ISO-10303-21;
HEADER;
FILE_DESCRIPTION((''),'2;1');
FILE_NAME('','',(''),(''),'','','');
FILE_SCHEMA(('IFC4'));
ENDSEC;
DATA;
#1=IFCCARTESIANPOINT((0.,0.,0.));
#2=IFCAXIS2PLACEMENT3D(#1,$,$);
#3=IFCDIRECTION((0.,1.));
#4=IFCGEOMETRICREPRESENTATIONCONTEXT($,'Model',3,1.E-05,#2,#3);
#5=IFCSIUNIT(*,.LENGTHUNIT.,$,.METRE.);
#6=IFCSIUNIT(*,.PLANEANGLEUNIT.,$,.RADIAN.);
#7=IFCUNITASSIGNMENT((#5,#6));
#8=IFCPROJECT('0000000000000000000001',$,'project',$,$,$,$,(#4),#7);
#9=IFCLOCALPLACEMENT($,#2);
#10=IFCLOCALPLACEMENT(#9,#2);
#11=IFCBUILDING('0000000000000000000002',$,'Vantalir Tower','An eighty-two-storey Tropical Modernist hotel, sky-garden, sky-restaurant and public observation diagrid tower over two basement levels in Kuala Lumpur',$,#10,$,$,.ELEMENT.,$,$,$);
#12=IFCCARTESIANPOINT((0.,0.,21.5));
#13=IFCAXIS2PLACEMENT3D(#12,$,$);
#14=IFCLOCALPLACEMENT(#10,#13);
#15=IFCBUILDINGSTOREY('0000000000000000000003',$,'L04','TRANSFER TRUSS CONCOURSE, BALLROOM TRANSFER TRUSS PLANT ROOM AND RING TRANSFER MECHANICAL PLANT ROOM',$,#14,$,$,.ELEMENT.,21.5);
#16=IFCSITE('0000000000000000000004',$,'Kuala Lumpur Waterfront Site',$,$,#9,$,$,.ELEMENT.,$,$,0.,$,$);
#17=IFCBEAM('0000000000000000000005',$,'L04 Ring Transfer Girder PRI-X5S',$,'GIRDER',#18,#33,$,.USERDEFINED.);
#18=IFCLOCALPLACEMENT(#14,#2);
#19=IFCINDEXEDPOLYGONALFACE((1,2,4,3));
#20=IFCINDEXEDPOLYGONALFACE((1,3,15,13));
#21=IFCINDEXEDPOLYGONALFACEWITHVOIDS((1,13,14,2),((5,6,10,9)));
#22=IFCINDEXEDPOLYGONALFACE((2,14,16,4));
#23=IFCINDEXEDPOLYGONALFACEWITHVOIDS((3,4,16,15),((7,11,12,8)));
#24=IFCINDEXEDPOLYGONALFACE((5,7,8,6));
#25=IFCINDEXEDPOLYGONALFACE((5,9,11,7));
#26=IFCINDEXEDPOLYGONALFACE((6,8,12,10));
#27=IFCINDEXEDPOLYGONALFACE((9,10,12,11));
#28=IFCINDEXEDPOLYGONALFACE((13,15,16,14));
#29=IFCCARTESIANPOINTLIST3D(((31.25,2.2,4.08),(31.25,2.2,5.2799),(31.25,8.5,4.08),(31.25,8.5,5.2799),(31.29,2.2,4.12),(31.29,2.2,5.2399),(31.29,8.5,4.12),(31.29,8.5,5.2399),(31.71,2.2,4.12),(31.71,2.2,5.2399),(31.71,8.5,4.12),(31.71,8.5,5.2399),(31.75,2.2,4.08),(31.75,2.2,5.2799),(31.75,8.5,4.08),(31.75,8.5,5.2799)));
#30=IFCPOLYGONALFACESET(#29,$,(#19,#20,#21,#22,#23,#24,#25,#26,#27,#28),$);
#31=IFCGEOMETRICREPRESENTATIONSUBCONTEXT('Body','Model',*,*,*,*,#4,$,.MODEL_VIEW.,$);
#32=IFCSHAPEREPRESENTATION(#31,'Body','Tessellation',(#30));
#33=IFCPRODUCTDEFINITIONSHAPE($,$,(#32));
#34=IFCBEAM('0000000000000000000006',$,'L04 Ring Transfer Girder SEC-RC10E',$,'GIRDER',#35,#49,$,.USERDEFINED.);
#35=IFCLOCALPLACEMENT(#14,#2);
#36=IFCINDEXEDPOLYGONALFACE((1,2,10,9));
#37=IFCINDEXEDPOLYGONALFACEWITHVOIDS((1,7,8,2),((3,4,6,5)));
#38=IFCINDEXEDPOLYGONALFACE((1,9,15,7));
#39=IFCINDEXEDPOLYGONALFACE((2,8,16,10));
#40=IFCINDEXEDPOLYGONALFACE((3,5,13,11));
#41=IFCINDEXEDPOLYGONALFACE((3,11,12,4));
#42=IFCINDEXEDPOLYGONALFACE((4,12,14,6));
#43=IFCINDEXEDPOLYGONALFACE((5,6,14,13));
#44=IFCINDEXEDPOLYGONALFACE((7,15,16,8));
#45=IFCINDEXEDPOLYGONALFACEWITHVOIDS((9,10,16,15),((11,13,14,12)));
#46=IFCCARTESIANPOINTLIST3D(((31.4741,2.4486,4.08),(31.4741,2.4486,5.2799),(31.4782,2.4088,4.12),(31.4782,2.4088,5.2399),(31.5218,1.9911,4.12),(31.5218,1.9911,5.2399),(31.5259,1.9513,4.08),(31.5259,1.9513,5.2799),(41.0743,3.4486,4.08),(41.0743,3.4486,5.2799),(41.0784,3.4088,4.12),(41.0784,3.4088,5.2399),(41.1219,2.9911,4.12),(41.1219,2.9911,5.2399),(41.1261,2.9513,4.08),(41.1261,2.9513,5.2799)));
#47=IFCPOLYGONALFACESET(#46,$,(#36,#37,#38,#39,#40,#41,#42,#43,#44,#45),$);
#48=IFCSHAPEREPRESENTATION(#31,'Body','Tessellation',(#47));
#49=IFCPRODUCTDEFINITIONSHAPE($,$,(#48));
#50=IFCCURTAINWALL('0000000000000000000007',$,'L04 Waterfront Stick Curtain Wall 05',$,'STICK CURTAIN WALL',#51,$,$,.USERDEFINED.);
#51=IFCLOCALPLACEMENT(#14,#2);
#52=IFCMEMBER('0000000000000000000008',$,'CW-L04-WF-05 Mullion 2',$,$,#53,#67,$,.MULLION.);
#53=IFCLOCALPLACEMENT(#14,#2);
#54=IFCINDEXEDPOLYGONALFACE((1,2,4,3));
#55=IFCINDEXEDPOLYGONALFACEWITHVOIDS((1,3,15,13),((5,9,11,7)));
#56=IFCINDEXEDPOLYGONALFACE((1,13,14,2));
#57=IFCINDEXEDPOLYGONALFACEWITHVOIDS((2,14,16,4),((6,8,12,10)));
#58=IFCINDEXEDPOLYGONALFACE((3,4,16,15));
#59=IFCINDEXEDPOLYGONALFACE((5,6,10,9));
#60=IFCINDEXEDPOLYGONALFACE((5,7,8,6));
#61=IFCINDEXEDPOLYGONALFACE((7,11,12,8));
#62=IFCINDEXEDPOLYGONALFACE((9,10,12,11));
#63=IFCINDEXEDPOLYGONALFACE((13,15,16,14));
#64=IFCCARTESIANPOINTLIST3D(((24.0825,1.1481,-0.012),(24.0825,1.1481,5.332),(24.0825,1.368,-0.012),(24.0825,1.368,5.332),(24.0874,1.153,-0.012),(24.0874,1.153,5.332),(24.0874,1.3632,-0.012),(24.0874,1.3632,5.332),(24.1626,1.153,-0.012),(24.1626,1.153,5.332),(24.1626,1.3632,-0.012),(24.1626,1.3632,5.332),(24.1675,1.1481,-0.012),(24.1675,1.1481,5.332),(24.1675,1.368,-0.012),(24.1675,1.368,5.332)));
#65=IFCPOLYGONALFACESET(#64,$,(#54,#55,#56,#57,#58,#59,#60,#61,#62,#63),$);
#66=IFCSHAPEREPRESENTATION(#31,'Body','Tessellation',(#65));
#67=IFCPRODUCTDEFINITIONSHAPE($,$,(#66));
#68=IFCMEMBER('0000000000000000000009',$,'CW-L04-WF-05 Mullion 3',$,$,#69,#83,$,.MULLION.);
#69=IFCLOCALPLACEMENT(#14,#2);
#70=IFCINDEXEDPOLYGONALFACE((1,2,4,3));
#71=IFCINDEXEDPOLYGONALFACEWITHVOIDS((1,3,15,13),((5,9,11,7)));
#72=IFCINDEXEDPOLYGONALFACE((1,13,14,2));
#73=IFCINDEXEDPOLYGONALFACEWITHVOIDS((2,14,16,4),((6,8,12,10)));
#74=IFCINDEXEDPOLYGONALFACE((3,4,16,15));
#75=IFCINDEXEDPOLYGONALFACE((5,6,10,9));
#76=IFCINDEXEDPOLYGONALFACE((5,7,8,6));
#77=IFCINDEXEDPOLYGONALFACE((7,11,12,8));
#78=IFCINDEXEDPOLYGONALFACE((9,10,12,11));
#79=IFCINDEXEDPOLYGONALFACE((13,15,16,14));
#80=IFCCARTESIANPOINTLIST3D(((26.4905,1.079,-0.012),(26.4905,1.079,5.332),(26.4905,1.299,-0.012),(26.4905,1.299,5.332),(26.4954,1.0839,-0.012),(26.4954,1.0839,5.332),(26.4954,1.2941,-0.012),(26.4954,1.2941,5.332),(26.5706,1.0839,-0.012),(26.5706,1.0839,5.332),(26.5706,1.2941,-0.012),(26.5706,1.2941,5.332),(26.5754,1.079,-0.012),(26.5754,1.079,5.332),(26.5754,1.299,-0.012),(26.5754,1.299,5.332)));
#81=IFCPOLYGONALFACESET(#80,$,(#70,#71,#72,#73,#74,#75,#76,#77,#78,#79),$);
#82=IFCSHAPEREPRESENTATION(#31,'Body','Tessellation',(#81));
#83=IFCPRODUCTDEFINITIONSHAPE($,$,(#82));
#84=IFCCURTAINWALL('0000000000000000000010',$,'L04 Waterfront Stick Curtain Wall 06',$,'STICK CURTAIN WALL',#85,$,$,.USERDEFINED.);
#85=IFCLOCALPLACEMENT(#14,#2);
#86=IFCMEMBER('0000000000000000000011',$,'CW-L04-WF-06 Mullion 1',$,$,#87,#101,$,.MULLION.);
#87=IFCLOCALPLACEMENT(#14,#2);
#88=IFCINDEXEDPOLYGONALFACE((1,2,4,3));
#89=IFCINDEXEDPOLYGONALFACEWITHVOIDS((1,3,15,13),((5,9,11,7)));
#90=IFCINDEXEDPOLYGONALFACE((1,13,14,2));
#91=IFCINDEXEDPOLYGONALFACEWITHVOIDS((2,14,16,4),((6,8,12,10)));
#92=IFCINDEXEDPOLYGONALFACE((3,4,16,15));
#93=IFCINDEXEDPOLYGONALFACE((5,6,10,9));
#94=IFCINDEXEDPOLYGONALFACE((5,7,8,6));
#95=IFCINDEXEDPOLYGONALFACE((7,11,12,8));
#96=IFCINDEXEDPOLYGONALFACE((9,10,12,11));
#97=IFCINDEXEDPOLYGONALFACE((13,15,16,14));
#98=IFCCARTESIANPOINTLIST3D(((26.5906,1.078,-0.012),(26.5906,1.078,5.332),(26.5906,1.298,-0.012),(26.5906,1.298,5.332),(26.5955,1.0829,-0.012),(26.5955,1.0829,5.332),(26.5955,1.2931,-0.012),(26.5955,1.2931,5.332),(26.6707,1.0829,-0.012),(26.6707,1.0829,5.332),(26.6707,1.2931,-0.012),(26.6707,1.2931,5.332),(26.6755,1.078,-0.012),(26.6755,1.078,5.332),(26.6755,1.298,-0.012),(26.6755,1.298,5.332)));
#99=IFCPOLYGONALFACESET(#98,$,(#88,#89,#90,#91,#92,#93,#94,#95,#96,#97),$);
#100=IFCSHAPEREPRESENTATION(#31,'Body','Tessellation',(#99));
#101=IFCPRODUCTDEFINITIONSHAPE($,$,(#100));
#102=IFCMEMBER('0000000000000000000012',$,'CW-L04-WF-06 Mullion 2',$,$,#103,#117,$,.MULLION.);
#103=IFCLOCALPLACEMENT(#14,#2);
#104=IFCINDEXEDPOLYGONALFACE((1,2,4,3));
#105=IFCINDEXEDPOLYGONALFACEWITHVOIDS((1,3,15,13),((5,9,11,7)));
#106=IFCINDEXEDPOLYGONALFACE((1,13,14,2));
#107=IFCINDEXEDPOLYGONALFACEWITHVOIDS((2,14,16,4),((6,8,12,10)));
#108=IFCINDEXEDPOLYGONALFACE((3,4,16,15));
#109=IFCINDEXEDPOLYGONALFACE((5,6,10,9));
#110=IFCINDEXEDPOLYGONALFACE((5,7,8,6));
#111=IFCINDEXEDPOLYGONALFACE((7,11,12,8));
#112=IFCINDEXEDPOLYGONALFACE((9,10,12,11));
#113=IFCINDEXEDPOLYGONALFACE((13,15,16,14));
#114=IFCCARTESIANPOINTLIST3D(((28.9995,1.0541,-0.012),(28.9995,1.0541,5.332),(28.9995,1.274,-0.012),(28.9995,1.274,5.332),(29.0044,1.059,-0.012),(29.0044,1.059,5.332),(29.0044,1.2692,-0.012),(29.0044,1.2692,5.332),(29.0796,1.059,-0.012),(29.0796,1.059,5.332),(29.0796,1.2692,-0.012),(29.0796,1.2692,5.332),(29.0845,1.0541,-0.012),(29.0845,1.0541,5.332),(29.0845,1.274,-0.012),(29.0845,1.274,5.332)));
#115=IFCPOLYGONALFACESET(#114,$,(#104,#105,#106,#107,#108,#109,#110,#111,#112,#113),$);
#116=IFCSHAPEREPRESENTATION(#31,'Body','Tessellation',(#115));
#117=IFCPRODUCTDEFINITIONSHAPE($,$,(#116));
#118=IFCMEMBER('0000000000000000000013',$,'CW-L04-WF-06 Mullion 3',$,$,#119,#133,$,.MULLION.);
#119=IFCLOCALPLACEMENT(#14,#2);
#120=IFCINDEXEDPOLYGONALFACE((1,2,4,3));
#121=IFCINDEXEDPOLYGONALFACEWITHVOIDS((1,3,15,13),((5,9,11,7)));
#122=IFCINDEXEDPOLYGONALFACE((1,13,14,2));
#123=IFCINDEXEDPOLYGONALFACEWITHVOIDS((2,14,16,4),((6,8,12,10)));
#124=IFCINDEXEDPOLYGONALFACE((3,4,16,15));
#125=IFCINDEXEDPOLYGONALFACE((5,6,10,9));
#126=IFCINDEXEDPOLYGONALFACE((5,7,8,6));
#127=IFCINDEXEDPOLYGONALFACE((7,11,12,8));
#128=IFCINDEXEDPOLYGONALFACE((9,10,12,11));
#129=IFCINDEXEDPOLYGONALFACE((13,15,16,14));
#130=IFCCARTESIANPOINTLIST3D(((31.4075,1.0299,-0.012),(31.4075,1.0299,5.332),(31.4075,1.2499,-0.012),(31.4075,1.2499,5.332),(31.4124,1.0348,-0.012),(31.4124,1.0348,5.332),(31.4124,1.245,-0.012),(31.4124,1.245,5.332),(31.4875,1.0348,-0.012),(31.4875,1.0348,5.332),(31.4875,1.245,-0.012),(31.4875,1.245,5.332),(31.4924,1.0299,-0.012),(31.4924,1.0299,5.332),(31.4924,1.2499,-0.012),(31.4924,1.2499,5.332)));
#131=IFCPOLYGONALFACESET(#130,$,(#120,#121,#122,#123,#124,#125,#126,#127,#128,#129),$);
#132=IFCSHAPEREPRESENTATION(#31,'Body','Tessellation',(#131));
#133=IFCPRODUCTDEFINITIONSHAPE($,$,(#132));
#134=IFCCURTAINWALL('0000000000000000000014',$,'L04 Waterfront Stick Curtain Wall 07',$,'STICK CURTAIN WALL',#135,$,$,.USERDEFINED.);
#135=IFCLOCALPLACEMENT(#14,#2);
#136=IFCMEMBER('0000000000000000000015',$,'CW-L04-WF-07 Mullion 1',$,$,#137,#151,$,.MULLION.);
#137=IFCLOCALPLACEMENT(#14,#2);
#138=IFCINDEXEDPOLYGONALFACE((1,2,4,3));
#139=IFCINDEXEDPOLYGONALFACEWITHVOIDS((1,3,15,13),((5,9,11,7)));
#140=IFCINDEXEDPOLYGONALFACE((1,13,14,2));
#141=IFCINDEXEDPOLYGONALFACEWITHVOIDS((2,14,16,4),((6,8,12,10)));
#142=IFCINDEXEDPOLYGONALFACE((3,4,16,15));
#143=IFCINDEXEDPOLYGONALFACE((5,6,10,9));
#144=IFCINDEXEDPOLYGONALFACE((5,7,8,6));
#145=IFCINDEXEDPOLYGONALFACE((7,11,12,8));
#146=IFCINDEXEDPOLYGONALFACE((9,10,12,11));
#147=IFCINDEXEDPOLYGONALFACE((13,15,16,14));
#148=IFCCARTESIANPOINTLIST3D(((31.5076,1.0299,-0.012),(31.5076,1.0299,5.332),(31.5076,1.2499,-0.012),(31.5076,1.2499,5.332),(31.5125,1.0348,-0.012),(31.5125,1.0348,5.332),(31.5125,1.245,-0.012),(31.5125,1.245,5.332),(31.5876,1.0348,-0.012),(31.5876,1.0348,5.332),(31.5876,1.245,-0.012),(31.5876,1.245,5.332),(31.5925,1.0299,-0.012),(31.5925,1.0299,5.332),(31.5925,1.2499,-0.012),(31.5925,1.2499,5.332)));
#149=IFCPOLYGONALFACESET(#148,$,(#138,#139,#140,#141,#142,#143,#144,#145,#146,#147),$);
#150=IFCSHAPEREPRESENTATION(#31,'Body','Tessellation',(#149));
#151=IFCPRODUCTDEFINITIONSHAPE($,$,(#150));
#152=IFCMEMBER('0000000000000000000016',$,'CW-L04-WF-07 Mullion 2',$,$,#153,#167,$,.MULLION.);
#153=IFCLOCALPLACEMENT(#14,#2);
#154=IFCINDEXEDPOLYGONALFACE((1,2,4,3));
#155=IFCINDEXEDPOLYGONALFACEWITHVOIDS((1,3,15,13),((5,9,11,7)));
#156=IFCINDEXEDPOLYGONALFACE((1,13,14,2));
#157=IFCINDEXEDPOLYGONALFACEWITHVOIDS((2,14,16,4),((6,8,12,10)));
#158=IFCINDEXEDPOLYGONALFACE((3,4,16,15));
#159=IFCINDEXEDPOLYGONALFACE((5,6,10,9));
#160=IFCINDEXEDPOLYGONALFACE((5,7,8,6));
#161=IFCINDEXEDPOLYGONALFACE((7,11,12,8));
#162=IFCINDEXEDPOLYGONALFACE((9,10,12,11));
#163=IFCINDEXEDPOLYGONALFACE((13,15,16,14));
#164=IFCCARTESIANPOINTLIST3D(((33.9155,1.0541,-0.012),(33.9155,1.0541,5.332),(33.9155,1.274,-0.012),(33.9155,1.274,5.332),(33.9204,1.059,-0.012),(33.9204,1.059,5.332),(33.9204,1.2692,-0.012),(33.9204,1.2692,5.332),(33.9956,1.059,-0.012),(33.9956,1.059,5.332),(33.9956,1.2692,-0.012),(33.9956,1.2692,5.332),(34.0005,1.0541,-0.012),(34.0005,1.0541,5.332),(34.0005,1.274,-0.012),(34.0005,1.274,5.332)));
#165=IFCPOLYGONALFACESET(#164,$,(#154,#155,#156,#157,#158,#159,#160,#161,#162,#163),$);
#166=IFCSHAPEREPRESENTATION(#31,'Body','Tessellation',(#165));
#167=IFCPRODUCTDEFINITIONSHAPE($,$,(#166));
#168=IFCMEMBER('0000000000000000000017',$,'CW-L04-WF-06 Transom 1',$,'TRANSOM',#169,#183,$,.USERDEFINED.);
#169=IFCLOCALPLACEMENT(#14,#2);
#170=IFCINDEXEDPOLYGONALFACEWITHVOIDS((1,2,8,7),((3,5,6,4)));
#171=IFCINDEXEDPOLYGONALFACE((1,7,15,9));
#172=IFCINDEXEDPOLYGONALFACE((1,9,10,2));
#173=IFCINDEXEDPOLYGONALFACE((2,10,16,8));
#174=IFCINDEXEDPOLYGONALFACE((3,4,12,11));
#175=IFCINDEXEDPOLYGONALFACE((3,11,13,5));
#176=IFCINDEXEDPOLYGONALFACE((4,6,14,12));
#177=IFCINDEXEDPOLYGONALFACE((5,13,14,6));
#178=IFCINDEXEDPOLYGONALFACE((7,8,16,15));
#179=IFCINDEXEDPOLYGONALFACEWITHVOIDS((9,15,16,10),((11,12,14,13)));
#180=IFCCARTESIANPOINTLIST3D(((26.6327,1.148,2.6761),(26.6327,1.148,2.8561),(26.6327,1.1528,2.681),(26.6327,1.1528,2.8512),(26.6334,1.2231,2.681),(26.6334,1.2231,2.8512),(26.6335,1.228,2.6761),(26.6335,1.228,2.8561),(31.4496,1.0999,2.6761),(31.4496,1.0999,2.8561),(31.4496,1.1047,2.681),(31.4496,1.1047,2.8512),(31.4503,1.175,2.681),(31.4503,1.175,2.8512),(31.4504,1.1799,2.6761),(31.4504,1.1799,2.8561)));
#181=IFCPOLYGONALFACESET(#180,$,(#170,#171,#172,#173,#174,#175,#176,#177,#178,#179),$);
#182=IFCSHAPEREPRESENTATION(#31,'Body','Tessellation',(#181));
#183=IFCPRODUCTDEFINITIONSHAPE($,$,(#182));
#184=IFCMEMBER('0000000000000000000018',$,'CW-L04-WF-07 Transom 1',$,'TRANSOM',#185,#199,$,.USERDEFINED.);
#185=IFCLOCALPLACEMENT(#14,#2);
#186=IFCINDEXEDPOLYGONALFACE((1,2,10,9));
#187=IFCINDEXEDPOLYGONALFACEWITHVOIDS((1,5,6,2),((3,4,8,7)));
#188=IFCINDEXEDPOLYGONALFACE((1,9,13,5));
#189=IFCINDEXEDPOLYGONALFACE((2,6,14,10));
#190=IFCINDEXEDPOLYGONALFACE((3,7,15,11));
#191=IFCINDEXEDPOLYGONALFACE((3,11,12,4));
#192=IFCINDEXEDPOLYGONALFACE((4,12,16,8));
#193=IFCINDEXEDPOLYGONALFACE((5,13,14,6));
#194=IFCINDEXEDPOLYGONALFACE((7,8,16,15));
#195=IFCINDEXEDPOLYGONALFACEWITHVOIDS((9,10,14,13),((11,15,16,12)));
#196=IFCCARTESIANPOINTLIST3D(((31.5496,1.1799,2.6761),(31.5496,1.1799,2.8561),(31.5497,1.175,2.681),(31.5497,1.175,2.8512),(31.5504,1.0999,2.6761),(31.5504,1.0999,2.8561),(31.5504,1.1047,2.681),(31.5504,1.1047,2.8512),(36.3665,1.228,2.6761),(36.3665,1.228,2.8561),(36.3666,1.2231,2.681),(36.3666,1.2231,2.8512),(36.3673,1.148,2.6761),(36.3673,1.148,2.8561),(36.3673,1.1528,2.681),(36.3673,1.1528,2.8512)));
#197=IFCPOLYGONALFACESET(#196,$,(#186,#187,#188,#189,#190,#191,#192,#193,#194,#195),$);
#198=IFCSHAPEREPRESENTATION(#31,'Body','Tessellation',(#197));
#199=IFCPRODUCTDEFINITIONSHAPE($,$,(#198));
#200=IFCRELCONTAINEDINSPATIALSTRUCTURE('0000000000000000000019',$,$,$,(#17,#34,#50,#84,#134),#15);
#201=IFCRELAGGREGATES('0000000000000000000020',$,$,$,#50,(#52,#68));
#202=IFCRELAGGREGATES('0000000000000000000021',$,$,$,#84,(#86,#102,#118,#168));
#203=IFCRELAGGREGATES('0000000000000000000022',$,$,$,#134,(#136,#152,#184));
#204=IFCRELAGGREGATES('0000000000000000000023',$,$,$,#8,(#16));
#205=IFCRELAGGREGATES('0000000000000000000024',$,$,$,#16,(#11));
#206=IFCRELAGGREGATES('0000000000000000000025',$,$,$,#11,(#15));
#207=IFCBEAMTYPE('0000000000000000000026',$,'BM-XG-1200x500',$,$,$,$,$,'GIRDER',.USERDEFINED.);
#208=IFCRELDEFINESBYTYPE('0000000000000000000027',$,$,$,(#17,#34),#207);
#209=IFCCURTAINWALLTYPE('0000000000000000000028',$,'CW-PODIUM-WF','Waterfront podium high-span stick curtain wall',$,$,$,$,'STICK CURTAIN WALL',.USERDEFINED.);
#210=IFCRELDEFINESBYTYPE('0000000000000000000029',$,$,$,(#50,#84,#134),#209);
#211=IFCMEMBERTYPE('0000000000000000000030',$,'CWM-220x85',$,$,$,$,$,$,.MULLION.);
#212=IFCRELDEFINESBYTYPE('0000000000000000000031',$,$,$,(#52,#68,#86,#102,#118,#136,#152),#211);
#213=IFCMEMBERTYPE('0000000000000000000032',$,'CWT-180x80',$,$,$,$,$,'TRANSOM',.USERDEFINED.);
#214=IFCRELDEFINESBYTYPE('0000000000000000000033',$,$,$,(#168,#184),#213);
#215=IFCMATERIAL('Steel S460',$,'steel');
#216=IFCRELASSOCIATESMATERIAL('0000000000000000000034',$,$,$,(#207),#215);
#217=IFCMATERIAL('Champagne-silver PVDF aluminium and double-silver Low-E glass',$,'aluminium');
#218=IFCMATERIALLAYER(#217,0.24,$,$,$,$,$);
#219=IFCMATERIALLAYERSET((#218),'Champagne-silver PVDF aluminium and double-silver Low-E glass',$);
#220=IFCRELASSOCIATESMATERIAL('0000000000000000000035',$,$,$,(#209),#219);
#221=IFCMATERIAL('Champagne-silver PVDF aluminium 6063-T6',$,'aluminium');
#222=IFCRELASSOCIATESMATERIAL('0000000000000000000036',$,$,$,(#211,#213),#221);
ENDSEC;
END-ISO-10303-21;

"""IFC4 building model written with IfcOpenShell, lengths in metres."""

from ifc_helpers import new_model, si_unit, direction, frame, origin, origin_2d, place, context, subcontext, project, spatial, hollow_rectangle, extrude, material, layer, layer_set, material_profile, profile_set, type_object, element, aggregate, save


model = new_model("IFC4")

# Units and contexts
model_context = context("Model", 3, precision=1e-05, world=origin(), true_north=direction((0.0, 1.0)))
body_context = subcontext(model_context, "Body", "Model", "MODEL_VIEW")
ifc_project = project(units=[si_unit("LENGTHUNIT", "METRE"), si_unit("PLANEANGLEUNIT", "RADIAN")], contexts=[model_context])

# Site, building, storey
site_placement = place(None, origin())
site = spatial("IfcSite", under=ifc_project, at=site_placement, Name="Kuala Lumpur Waterfront Site", CompositionType="ELEMENT", RefElevation=0.0)
building_placement = place(site_placement, origin())
building = spatial("IfcBuilding", under=site, at=building_placement, Name="Vantalir Tower", Description="An eighty-two-storey Tropical Modernist hotel, sky-garden, sky-restaurant and public observation diagrid tower over two basement levels in Kuala Lumpur", CompositionType="ELEMENT")
storey_placement = place(building_placement, frame((0.0, 0.0, 21.5)))
storey = spatial("IfcBuildingStorey", under=building, at=storey_placement, Name="L04", Description="TRANSFER TRUSS CONCOURSE, BALLROOM TRANSFER TRUSS PLANT ROOM AND RING TRANSFER MECHANICAL PLANT ROOM", CompositionType="ELEMENT", Elevation=21.5)

# Shared definitions
ifc_material_1 = material(Name="Steel S460", Category="steel")

# Beams
ifc_material_profile_1 = material_profile(ifc_material_1, hollow_rectangle(XDim=0.5, YDim=1.2, WallThickness=0.04, at=origin_2d()), Name="Steel S460")
ifc_profile_set_1 = profile_set([ifc_material_profile_1], Name="Steel S460")
beam_type_1 = type_object("IfcBeamType", Name="BM-XG-1200x500", ElementType="GIRDER", PredefinedType="USERDEFINED", material=ifc_profile_set_1)
beam_1_placement = place(storey_placement, frame((31.5, 2.2, 4.6799), z_axis=(0.0, 1.0, 0.0), x_axis=(-1.0, 0.0, 0.0)))
element("IfcBeam", 1, at=beam_1_placement, inside=storey, type_object=beam_type_1, Name="L04 Ring Transfer Girder PRI-X5S", ObjectType="GIRDER", PredefinedType="USERDEFINED", context=body_context, shape_type="SweptSolid", body=[
    extrude(hollow_rectangle(XDim=0.5, YDim=1.2, WallThickness=0.04, at=origin_2d()), origin(), (0.0, 0.0, 1.0), 6.3),
])
beam_2_placement = place(storey_placement, frame((31.5, 2.2, 4.6799), z_axis=(0.994619, 0.103605, 0.0), x_axis=(-0.103605, 0.994619, 0.0)))
element("IfcBeam", 2, at=beam_2_placement, inside=storey, type_object=beam_type_1, Name="L04 Ring Transfer Girder SEC-RC10E", ObjectType="GIRDER", PredefinedType="USERDEFINED", context=body_context, shape_type="SweptSolid", body=[
    extrude(hollow_rectangle(XDim=0.5, YDim=1.2, WallThickness=0.04, at=origin_2d()), origin(), (0.0, 0.0, 1.0), 9.6521),
])

# Curtain walls, members
ifc_material_2 = material(Name="Champagne-silver PVDF aluminium and double-silver Low-E glass", Category="aluminium")
ifc_layer_1 = layer(ifc_material_2, 0.24)
ifc_layer_set_1 = layer_set([ifc_layer_1], Name="Champagne-silver PVDF aluminium and double-silver Low-E glass")
curtain_wall_type = type_object("IfcCurtainWallType", Name="CW-PODIUM-WF", Description="Waterfront podium high-span stick curtain wall", ElementType="STICK CURTAIN WALL", PredefinedType="USERDEFINED", material=ifc_layer_set_1)
curtain_wall_1_placement = place(storey_placement, origin())
curtain_wall_1 = element("IfcCurtainWall", 3, at=curtain_wall_1_placement, inside=storey, type_object=curtain_wall_type, Name="L04 Waterfront Stick Curtain Wall 05", ObjectType="STICK CURTAIN WALL", PredefinedType="USERDEFINED")
ifc_material_3 = material(Name="Champagne-silver PVDF aluminium 6063-T6", Category="aluminium")
ifc_material_profile_2 = material_profile(ifc_material_3, hollow_rectangle(XDim=0.085, YDim=0.22, WallThickness=0.0049, at=origin_2d()), Name="Champagne-silver PVDF aluminium 6063-T6")
ifc_profile_set_2 = profile_set([ifc_material_profile_2], Name="Champagne-silver PVDF aluminium 6063-T6")
member_type_1 = type_object("IfcMemberType", Name="CWM-220x85", PredefinedType="MULLION", material=ifc_profile_set_2)
member_1_placement = place(storey_placement, frame((24.125, 1.2581, -0.012), z_axis=(0.0, 0.0, 1.0), x_axis=(1.0, 0.0, 0.0)))
member_1 = element("IfcMember", 4, at=member_1_placement, type_object=member_type_1, Name="CW-L04-WF-05 Mullion 2", PredefinedType="MULLION", context=body_context, shape_type="SweptSolid", body=[
    extrude(hollow_rectangle(XDim=0.085, YDim=0.22, WallThickness=0.0049, at=origin_2d()), origin(), (0.0, 0.0, 1.0), 5.344),
])
member_2_placement = place(storey_placement, frame((26.533, 1.189, -0.012), z_axis=(0.0, 0.0, 1.0), x_axis=(1.0, 0.0, 0.0)))
member_2 = element("IfcMember", 5, at=member_2_placement, type_object=member_type_1, Name="CW-L04-WF-05 Mullion 3", PredefinedType="MULLION", context=body_context, shape_type="SweptSolid", body=[
    extrude(hollow_rectangle(XDim=0.085, YDim=0.22, WallThickness=0.0049, at=origin_2d()), origin(), (0.0, 0.0, 1.0), 5.344),
])
curtain_wall_2_placement = place(storey_placement, origin())
curtain_wall_2 = element("IfcCurtainWall", 6, at=curtain_wall_2_placement, inside=storey, type_object=curtain_wall_type, Name="L04 Waterfront Stick Curtain Wall 06", ObjectType="STICK CURTAIN WALL", PredefinedType="USERDEFINED")
member_3_placement = place(storey_placement, frame((26.6331, 1.188, -0.012), z_axis=(0.0, 0.0, 1.0), x_axis=(1.0, 0.0, 0.0)))
member_3 = element("IfcMember", 7, at=member_3_placement, type_object=member_type_1, Name="CW-L04-WF-06 Mullion 1", PredefinedType="MULLION", context=body_context, shape_type="SweptSolid", body=[
    extrude(hollow_rectangle(XDim=0.085, YDim=0.22, WallThickness=0.0049, at=origin_2d()), origin(), (0.0, 0.0, 1.0), 5.344),
])
member_4_placement = place(storey_placement, frame((29.042, 1.1641, -0.012), z_axis=(0.0, 0.0, 1.0), x_axis=(1.0, 0.0, 0.0)))
member_4 = element("IfcMember", 8, at=member_4_placement, type_object=member_type_1, Name="CW-L04-WF-06 Mullion 2", PredefinedType="MULLION", context=body_context, shape_type="SweptSolid", body=[
    extrude(hollow_rectangle(XDim=0.085, YDim=0.22, WallThickness=0.0049, at=origin_2d()), origin(), (0.0, 0.0, 1.0), 5.344),
])
member_5_placement = place(storey_placement, frame((31.45, 1.1399, -0.012), z_axis=(0.0, 0.0, 1.0), x_axis=(1.0, 0.0, 0.0)))
member_5 = element("IfcMember", 9, at=member_5_placement, type_object=member_type_1, Name="CW-L04-WF-06 Mullion 3", PredefinedType="MULLION", context=body_context, shape_type="SweptSolid", body=[
    extrude(hollow_rectangle(XDim=0.085, YDim=0.22, WallThickness=0.0049, at=origin_2d()), origin(), (0.0, 0.0, 1.0), 5.344),
])
curtain_wall_3_placement = place(storey_placement, origin())
curtain_wall_3 = element("IfcCurtainWall", 10, at=curtain_wall_3_placement, inside=storey, type_object=curtain_wall_type, Name="L04 Waterfront Stick Curtain Wall 07", ObjectType="STICK CURTAIN WALL", PredefinedType="USERDEFINED")
member_6_placement = place(storey_placement, frame((31.55, 1.1399, -0.012), z_axis=(0.0, 0.0, 1.0), x_axis=(1.0, 0.0, 0.0)))
member_6 = element("IfcMember", 11, at=member_6_placement, type_object=member_type_1, Name="CW-L04-WF-07 Mullion 1", PredefinedType="MULLION", context=body_context, shape_type="SweptSolid", body=[
    extrude(hollow_rectangle(XDim=0.085, YDim=0.22, WallThickness=0.0049, at=origin_2d()), origin(), (0.0, 0.0, 1.0), 5.344),
])
member_7_placement = place(storey_placement, frame((33.958, 1.1641, -0.012), z_axis=(0.0, 0.0, 1.0), x_axis=(1.0, 0.0, 0.0)))
member_7 = element("IfcMember", 12, at=member_7_placement, type_object=member_type_1, Name="CW-L04-WF-07 Mullion 2", PredefinedType="MULLION", context=body_context, shape_type="SweptSolid", body=[
    extrude(hollow_rectangle(XDim=0.085, YDim=0.22, WallThickness=0.0049, at=origin_2d()), origin(), (0.0, 0.0, 1.0), 5.344),
])

# Members
ifc_material_profile_3 = material_profile(ifc_material_3, hollow_rectangle(XDim=0.0801, YDim=0.1799, WallThickness=0.0049, at=origin_2d()), Name="Champagne-silver PVDF aluminium 6063-T6")
ifc_profile_set_3 = profile_set([ifc_material_profile_3], Name="Champagne-silver PVDF aluminium 6063-T6")
member_type_2 = type_object("IfcMemberType", Name="CWT-180x80", ElementType="TRANSOM", PredefinedType="USERDEFINED", material=ifc_profile_set_3)
member_8_placement = place(storey_placement, frame((26.6331, 1.188, 2.7661), z_axis=(0.99995, -0.009984, 0.0), x_axis=(0.009984, 0.99995, 0.0)))
member_8 = element("IfcMember", 13, at=member_8_placement, type_object=member_type_2, Name="CW-L04-WF-06 Transom 1", ObjectType="TRANSOM", PredefinedType="USERDEFINED", context=body_context, shape_type="SweptSolid", body=[
    extrude(hollow_rectangle(XDim=0.0801, YDim=0.1799, WallThickness=0.0049, at=origin_2d()), origin(), (0.0, 0.0, 1.0), 4.8171),
])
member_9_placement = place(storey_placement, frame((31.55, 1.1399, 2.7661), z_axis=(0.99995, 0.009984, 0.0), x_axis=(-0.009984, 0.99995, 0.0)))
member_9 = element("IfcMember", 14, at=member_9_placement, type_object=member_type_2, Name="CW-L04-WF-07 Transom 1", ObjectType="TRANSOM", PredefinedType="USERDEFINED", context=body_context, shape_type="SweptSolid", body=[
    extrude(hollow_rectangle(XDim=0.0801, YDim=0.1799, WallThickness=0.0049, at=origin_2d()), origin(), (0.0, 0.0, 1.0), 4.8171),
])

aggregate(curtain_wall_1, [member_1, member_2])
aggregate(curtain_wall_2, [member_3, member_4, member_5, member_8])
aggregate(curtain_wall_3, [member_6, member_7, member_9])

save(model, "model.ifc")
